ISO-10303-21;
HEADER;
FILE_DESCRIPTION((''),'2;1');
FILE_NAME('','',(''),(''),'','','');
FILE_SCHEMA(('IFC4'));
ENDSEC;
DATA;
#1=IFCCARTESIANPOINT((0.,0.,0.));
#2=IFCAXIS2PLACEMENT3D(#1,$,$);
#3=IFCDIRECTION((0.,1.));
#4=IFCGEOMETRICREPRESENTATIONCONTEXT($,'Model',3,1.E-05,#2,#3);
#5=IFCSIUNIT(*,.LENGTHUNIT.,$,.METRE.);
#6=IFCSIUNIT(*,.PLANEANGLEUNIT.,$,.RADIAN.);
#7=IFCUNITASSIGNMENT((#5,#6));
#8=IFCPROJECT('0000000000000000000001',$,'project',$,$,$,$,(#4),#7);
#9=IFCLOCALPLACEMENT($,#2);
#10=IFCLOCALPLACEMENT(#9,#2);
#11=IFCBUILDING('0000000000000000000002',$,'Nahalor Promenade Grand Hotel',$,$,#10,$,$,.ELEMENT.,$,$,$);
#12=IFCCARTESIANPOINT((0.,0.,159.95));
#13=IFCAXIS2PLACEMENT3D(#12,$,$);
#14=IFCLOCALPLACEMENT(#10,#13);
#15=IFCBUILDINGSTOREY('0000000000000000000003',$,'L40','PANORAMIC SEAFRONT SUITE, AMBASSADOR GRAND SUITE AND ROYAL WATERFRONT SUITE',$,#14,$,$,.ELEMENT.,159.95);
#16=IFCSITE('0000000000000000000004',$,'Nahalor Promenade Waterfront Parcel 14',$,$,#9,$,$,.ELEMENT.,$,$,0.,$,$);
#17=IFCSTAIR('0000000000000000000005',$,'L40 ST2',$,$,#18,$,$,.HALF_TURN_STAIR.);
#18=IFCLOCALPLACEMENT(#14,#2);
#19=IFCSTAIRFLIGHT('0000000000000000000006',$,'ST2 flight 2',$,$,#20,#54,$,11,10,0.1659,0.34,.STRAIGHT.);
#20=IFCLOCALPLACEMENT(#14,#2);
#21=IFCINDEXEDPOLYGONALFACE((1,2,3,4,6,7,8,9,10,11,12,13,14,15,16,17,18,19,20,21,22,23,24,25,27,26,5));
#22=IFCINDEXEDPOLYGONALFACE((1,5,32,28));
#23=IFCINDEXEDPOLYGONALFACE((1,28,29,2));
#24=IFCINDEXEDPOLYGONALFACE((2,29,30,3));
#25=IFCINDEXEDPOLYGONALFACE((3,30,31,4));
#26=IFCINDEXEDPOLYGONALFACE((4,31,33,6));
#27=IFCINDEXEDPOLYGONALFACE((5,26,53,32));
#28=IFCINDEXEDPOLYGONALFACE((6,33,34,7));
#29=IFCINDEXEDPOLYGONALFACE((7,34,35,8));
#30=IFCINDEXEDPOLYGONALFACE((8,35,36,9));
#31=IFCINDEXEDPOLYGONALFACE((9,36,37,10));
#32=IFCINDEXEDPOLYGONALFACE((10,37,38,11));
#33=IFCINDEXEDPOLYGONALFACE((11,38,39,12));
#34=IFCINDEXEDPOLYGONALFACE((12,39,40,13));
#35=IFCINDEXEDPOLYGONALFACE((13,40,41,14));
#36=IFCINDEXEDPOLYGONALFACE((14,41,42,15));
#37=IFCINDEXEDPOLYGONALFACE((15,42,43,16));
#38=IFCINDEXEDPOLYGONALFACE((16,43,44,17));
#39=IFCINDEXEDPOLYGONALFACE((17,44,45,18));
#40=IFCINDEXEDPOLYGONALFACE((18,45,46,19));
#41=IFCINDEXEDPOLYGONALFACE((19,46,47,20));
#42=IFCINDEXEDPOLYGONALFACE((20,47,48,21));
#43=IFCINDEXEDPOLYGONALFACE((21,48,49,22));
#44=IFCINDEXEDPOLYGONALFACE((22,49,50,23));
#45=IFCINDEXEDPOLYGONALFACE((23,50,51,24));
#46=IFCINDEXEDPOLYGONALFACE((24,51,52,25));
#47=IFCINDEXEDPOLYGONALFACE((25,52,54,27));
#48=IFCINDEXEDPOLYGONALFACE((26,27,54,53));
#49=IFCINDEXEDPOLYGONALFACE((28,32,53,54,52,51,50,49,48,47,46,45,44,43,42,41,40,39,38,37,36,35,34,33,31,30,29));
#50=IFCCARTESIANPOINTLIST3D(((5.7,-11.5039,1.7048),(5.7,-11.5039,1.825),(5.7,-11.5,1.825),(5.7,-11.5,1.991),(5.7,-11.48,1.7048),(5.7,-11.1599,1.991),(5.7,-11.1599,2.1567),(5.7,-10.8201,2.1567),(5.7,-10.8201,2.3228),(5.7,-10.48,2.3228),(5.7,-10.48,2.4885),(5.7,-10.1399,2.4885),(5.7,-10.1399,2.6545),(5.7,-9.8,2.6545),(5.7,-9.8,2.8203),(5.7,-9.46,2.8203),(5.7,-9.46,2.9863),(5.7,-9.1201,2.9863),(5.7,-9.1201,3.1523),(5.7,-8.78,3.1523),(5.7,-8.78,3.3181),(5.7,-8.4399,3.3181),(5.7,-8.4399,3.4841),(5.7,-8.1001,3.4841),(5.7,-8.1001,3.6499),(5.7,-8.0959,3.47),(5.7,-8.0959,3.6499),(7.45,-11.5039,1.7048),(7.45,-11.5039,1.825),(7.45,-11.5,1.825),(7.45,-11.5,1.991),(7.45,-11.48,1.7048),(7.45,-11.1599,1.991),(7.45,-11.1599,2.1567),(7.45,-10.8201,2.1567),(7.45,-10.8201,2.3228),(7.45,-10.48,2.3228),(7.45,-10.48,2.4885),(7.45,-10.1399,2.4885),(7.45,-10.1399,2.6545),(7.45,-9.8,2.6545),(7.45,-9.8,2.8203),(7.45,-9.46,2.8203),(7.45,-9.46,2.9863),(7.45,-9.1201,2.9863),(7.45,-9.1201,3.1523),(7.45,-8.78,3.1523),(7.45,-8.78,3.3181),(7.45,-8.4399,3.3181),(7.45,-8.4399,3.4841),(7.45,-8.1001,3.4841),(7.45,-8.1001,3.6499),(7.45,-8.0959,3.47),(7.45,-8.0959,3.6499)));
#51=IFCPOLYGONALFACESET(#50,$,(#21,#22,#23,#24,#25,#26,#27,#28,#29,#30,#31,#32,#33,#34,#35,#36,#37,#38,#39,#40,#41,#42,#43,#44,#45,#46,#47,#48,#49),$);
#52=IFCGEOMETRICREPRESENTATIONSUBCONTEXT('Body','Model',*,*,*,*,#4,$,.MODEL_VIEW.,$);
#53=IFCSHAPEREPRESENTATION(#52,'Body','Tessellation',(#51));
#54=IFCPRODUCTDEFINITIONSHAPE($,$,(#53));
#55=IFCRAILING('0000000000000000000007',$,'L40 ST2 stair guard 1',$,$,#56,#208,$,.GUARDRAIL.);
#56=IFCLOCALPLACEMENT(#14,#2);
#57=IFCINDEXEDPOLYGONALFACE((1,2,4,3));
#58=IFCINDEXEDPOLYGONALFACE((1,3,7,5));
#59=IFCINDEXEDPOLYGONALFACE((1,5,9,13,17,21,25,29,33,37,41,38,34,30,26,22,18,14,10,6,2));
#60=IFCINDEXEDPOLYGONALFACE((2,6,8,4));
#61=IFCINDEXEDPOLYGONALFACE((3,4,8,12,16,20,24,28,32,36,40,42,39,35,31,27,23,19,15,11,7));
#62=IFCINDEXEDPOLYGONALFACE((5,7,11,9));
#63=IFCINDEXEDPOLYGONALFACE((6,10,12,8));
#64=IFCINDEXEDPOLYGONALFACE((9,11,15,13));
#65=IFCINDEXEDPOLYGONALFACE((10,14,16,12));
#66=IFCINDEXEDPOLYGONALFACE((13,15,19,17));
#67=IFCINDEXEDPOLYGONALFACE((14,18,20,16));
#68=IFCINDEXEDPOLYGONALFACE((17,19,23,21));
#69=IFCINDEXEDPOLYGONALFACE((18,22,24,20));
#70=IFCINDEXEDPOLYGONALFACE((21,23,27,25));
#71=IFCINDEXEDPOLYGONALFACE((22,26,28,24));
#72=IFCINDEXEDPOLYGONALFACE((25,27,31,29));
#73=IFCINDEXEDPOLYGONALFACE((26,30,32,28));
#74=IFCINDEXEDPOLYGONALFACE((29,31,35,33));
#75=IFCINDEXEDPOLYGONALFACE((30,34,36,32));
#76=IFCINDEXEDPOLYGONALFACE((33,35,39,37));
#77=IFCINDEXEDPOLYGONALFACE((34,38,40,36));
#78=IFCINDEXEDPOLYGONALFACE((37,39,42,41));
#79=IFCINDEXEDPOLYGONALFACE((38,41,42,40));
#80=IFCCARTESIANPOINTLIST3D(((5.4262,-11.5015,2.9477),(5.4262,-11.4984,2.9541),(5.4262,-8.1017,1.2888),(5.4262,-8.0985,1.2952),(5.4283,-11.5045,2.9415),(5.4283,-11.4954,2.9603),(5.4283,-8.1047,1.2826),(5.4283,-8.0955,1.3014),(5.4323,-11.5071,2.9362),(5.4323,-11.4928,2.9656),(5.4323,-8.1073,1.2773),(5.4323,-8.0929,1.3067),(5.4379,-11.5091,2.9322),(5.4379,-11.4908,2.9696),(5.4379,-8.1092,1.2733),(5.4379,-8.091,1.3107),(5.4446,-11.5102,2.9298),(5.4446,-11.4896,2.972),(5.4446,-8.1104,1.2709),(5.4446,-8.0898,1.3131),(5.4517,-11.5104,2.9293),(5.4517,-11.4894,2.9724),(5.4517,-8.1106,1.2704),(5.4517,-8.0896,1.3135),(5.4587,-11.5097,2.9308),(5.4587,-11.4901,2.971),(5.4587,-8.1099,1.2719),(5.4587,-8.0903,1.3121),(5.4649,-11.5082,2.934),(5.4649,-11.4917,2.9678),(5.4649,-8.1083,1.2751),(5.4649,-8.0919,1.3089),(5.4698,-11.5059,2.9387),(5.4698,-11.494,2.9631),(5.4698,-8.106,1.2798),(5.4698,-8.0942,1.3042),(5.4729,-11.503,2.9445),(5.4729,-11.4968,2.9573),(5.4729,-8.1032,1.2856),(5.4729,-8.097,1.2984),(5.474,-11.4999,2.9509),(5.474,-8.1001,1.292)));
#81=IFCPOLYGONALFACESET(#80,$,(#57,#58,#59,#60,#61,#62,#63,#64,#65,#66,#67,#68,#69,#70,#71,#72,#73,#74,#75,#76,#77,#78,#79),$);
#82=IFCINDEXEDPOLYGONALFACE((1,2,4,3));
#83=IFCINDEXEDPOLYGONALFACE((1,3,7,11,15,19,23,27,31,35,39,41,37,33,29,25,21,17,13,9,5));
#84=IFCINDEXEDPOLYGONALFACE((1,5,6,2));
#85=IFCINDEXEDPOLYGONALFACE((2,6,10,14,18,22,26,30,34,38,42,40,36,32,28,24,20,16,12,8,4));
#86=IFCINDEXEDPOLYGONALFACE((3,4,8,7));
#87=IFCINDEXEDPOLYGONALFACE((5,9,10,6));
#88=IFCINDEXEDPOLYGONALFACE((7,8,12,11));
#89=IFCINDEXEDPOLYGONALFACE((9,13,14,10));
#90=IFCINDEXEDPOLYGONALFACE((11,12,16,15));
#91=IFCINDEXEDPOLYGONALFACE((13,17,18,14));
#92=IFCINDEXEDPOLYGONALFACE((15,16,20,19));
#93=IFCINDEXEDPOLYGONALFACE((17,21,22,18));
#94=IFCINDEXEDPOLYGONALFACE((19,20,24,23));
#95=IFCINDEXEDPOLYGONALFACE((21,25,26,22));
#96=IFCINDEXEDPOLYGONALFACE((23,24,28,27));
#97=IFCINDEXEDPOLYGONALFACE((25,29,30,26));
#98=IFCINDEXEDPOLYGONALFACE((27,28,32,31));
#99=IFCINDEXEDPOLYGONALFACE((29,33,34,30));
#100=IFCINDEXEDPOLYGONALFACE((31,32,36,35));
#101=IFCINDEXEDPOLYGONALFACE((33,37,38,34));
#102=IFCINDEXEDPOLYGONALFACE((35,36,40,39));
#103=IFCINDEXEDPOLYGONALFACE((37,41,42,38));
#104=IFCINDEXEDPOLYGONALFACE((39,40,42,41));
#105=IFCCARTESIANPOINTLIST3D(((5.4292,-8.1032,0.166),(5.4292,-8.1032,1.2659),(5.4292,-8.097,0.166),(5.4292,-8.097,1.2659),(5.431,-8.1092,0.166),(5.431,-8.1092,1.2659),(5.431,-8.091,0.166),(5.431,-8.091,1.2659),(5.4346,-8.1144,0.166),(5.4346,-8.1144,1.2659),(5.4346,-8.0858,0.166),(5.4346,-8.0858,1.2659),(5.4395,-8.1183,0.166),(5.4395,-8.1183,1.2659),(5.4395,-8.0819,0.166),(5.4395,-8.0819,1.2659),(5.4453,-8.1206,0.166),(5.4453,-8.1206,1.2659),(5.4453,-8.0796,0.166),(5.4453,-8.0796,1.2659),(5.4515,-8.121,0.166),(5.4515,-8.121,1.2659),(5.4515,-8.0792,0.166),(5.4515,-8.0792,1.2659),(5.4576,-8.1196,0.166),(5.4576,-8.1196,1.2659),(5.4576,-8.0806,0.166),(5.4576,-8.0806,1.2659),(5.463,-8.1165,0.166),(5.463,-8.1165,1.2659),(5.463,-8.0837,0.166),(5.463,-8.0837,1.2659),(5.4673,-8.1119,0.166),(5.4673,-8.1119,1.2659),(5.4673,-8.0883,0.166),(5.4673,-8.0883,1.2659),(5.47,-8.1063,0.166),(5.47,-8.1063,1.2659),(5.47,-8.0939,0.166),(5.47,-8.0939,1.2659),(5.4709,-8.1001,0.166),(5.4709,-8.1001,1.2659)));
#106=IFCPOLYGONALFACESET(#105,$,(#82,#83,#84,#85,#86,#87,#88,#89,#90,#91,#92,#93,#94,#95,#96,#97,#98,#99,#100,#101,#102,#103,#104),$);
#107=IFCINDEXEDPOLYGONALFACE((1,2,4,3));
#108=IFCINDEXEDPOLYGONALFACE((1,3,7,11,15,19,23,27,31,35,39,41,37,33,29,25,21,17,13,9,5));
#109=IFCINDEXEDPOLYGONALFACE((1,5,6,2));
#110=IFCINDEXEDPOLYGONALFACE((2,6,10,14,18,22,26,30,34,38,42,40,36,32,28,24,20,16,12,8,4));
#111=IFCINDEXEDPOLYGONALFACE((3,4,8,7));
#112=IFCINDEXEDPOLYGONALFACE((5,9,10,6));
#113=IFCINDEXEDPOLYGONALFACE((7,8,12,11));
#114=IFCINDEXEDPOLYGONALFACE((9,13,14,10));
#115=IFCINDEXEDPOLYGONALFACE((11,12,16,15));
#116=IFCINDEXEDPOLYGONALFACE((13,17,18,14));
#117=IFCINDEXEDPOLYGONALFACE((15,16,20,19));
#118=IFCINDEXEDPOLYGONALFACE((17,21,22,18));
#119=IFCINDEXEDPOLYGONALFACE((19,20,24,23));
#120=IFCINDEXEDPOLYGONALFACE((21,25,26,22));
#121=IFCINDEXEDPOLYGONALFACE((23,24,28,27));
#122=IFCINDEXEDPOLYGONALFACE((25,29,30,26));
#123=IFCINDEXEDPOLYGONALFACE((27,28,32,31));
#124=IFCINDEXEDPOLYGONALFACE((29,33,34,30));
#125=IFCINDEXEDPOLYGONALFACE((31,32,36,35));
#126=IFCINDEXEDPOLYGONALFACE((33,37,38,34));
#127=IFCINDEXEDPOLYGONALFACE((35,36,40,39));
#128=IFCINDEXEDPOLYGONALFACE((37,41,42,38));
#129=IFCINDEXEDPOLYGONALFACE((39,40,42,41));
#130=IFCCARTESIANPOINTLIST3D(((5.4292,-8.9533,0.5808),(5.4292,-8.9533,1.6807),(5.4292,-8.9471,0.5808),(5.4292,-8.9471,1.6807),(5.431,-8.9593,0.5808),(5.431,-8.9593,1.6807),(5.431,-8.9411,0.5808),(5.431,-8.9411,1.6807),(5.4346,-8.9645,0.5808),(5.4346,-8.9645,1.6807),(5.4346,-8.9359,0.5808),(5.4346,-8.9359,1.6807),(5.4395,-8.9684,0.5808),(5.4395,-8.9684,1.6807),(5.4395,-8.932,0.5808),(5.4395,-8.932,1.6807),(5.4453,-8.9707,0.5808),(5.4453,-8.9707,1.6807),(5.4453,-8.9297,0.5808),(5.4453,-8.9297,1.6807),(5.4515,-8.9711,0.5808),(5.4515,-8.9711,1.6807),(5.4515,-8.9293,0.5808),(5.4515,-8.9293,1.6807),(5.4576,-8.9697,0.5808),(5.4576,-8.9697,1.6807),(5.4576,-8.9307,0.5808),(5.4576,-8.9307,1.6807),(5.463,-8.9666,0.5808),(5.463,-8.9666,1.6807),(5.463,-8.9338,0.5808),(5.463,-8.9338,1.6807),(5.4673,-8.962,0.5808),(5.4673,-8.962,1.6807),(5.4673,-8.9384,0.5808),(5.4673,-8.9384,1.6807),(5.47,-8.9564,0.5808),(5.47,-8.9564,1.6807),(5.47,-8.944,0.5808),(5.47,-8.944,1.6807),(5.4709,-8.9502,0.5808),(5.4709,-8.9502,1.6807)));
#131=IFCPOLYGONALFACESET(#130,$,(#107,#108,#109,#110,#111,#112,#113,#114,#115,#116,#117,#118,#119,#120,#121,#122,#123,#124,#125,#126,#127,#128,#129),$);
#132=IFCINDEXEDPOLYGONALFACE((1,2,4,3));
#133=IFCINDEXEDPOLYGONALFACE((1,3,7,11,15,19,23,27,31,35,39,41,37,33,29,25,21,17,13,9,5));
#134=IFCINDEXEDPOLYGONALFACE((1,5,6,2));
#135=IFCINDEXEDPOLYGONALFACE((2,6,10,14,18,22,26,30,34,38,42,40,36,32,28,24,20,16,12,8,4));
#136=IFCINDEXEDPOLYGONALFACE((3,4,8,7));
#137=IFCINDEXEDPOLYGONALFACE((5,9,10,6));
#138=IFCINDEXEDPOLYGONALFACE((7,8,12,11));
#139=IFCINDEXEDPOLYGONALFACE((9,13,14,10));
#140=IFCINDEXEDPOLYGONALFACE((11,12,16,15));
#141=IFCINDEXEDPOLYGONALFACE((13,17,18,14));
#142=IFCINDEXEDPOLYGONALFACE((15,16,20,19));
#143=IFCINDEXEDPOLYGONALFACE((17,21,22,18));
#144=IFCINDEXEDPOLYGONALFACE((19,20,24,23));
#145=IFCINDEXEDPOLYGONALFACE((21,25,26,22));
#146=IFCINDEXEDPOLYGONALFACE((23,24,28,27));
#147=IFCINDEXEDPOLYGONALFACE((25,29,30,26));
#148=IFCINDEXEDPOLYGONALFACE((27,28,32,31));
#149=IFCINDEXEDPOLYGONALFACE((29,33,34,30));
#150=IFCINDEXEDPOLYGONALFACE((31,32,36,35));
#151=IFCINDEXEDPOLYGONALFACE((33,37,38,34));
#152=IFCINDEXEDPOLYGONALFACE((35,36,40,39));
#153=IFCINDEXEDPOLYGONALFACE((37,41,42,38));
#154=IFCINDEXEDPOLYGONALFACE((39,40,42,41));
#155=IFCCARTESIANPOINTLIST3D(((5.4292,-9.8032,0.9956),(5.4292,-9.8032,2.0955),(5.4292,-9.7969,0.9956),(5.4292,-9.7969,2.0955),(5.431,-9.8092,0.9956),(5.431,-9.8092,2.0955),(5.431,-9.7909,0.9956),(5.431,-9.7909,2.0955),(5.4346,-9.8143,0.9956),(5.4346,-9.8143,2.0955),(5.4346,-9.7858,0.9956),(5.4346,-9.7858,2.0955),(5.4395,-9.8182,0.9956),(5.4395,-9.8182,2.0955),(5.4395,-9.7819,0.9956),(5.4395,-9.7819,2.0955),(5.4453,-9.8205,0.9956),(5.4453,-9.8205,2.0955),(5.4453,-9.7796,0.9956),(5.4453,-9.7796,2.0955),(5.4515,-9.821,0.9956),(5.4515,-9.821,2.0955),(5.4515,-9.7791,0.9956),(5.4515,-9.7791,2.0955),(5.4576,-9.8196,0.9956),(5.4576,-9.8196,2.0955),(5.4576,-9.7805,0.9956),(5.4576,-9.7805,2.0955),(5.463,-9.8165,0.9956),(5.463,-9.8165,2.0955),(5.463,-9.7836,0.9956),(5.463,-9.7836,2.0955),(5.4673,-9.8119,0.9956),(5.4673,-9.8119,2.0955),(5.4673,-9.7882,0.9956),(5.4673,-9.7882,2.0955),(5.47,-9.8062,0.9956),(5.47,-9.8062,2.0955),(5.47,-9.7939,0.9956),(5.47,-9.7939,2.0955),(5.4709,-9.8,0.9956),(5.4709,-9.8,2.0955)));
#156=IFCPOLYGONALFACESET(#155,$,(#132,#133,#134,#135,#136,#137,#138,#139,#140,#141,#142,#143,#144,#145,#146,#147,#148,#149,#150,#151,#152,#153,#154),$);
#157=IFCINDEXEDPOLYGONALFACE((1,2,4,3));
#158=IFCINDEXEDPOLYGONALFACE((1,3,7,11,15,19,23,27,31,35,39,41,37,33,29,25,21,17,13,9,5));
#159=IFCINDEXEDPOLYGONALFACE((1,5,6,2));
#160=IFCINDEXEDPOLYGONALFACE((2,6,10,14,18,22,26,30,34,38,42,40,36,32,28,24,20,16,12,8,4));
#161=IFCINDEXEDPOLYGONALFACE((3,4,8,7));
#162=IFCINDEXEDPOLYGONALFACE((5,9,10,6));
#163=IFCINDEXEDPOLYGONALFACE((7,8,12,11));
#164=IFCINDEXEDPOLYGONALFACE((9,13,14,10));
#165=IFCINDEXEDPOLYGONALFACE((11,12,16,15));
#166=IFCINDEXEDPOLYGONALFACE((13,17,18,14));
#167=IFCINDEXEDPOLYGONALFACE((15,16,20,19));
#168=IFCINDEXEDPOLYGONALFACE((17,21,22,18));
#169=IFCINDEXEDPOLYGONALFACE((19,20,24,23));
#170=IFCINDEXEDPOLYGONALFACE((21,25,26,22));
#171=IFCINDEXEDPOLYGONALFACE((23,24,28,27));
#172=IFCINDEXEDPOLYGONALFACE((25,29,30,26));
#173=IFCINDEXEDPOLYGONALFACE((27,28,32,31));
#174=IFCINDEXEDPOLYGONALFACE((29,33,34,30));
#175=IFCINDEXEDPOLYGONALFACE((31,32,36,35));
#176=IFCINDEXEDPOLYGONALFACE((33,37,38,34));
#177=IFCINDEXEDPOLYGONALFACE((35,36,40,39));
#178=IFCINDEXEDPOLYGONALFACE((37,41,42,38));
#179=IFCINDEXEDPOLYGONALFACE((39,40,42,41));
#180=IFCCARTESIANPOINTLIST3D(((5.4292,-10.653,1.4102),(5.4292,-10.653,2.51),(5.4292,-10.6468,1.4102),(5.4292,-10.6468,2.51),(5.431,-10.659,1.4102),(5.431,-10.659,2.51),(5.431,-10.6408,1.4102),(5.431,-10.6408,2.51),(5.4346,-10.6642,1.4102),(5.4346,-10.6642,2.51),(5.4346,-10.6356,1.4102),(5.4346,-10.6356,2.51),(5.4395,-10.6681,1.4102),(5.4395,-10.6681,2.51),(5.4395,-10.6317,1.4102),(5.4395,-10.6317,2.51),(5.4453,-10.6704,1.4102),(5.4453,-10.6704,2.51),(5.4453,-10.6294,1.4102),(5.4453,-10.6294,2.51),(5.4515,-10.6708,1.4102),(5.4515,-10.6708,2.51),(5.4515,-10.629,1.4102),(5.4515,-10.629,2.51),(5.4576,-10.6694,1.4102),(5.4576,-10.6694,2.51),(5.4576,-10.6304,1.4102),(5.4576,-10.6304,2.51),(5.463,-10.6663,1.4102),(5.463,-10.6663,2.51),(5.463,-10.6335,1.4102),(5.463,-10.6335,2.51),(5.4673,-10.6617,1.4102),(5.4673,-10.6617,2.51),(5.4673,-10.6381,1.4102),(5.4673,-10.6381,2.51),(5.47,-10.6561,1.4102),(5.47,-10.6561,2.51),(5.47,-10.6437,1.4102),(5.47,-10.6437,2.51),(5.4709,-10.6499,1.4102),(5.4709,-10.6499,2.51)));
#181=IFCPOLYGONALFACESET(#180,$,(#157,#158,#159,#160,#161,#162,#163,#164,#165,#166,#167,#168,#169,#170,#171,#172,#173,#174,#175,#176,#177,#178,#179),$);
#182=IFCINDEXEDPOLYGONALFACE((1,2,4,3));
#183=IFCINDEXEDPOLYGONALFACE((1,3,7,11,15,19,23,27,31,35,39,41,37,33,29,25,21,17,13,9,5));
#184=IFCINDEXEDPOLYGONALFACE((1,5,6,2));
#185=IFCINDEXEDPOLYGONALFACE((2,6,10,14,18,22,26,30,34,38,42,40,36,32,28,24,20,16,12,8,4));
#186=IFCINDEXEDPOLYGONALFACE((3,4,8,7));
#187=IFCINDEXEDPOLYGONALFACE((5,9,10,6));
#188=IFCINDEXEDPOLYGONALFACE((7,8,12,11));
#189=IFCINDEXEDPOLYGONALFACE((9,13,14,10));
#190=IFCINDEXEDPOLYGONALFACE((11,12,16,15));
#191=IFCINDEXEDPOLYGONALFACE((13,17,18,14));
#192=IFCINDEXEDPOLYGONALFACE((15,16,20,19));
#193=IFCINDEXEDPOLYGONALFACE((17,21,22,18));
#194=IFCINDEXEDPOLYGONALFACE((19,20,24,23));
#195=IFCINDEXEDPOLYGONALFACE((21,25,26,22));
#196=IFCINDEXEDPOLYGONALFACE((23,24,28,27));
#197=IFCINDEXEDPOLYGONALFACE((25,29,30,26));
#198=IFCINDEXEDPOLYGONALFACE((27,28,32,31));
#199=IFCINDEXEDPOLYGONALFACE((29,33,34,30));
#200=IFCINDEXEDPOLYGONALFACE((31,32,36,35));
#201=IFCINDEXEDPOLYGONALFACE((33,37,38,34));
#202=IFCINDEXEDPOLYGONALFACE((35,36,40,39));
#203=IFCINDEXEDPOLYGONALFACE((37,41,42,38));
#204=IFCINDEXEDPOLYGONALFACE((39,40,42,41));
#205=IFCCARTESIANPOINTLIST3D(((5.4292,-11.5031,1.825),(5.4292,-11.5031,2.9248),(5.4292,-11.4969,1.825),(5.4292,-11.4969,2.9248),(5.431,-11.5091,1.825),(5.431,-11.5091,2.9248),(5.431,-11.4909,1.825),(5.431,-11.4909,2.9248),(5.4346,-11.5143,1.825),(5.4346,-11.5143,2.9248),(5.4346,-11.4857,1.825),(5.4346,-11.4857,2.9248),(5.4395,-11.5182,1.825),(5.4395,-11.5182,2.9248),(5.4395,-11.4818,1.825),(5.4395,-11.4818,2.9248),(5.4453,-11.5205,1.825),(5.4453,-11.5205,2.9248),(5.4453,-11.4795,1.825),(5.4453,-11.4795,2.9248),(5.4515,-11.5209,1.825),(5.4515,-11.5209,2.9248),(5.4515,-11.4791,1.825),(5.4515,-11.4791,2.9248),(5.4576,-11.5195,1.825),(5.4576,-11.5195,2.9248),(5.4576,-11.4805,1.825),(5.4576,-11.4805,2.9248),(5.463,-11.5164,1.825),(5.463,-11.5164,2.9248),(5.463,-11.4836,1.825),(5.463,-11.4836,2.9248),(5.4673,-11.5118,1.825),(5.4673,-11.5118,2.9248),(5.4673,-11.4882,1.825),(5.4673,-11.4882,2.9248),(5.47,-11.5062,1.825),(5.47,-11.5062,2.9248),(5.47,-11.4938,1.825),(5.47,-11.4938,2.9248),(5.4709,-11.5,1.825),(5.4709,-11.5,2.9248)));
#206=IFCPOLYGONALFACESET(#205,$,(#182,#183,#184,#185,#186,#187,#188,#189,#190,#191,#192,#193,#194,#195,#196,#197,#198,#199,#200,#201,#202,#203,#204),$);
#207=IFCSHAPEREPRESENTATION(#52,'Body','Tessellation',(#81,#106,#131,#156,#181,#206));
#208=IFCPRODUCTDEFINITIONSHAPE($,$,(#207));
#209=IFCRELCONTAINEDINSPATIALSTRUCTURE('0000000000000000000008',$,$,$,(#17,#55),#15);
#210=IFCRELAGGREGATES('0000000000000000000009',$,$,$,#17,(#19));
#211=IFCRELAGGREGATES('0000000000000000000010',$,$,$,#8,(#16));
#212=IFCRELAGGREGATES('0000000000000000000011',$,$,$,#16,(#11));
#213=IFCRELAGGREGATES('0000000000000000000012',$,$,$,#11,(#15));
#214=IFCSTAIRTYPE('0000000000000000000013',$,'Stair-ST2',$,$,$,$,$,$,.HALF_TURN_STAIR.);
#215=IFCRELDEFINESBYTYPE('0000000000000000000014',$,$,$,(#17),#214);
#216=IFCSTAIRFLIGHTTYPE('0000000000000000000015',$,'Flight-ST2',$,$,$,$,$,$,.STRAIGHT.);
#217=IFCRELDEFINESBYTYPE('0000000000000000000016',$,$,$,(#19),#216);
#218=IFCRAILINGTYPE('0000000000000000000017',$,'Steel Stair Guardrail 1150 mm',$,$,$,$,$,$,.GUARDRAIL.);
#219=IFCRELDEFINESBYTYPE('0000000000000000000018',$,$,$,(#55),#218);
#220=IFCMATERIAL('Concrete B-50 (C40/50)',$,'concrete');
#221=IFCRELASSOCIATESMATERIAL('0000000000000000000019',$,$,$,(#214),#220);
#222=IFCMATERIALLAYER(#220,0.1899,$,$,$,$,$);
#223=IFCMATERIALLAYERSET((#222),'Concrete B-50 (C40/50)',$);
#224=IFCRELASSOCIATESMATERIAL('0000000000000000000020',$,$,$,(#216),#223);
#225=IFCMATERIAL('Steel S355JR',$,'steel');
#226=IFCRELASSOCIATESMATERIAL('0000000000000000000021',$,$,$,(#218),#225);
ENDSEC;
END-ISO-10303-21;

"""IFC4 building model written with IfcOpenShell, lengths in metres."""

from ifc_helpers import new_model, si_unit, direction, frame, origin, origin_2d, place, context, subcontext, project, spatial, polyline, circle, outline, extrude, source, transform, mapped, material, layer, layer_set, type_object, element, aggregate, save


model = new_model("IFC4")

# Units and contexts
model_context = context("Model", 3, precision=1e-05, world=origin(), true_north=direction((0.0, 1.0)))
body_context = subcontext(model_context, "Body", "Model", "MODEL_VIEW")
ifc_project = project(units=[si_unit("LENGTHUNIT", "METRE"), si_unit("PLANEANGLEUNIT", "RADIAN")], contexts=[model_context])

# Site, building, storey
site_placement = place(None, origin())
site = spatial("IfcSite", under=ifc_project, at=site_placement, Name="Nahalor Promenade Waterfront Parcel 14", CompositionType="ELEMENT", RefElevation=0.0)
building_placement = place(site_placement, origin())
building = spatial("IfcBuilding", under=site, at=building_placement, Name="Nahalor Promenade Grand Hotel", CompositionType="ELEMENT")
storey_placement = place(building_placement, frame((0.0, 0.0, 159.95)))
storey = spatial("IfcBuildingStorey", under=building, at=storey_placement, Name="L40", Description="PANORAMIC SEAFRONT SUITE, AMBASSADOR GRAND SUITE AND ROYAL WATERFRONT SUITE", CompositionType="ELEMENT", Elevation=159.95)

# Shared definitions
ifc_material_1 = material(Name="Steel S355JR", Category="steel")

# Shared definitions
ifc_material_2 = material(Name="Concrete B-50 (C40/50)", Category="concrete")

# Stair, stair flight
stair_type = type_object("IfcStairType", Name="Stair-ST2", PredefinedType="HALF_TURN_STAIR", material=ifc_material_2)
stair_placement = place(storey_placement, origin())
stair = element("IfcStair", 1, at=stair_placement, inside=storey, type_object=stair_type, Name="L40 ST2", PredefinedType="HALF_TURN_STAIR")
ifc_layer_1 = layer(ifc_material_2, 0.1899)
ifc_layer_set_1 = layer_set([ifc_layer_1], Name="Concrete B-50 (C40/50)")
stair_flight_type = type_object("IfcStairFlightType", Name="Flight-ST2", PredefinedType="STRAIGHT", material=ifc_layer_set_1)
shared_shape_1 = source(origin(), body_context, "Body", "SweptSolid", [
    extrude(outline(polyline([(-0.0039, -0.1201), (-0.0039, 0.0), (0.0, 0.0), (0.0, 0.166), (0.3401, 0.166), (0.3401, 0.3318), (0.6799, 0.3318), (0.6799, 0.4978), (1.02, 0.4978), (1.02, 0.6636), (1.3601, 0.6636), (1.3601, 0.8296), (1.7, 0.8296), (1.7, 0.9954), (2.04, 0.9954), (2.04, 1.1614), (2.3799, 1.1614), (2.3799, 1.3274), (2.72, 1.3274), (2.72, 1.4932), (3.0601, 1.4932), (3.0601, 1.6592), (3.3999, 1.6592), (3.3999, 1.825), (3.4041, 1.825), (3.4041, 1.645), (0.02, -0.1201), (-0.0039, -0.1201)])), frame((0.0, 0.875, 0.0), z_axis=(0.0, -1.0, 0.0), x_axis=(1.0, 0.0, 0.0)), (0.0, 0.0, 1.0), 1.75),
])
stair_flight_1_placement = place(storey_placement, frame((6.575, -11.5, 1.825), z_axis=(0.0, 0.0, 1.0), x_axis=(0.0, 1.0, 0.0)))
stair_flight_1 = element("IfcStairFlight", 2, at=stair_flight_1_placement, type_object=stair_flight_type, Name="ST2 flight 2", NumberOfRisers=11, NumberOfTreads=10, PredefinedType="STRAIGHT", RiserHeight=0.1659, TreadLength=0.34, context=body_context, shape_type="MappedRepresentation", body=[
    mapped(shared_shape_1, transform((0.0, 0.0, 0.0), scale=1.0)),
])
aggregate(stair, [stair_flight_1])

# Railing
railing_type_1 = type_object("IfcRailingType", Name="Steel Stair Guardrail 1150 mm", PredefinedType="GUARDRAIL", material=ifc_material_1)
railing_1_placement = place(storey_placement, frame((5.45, -8.1001, 0.166)))
element("IfcRailing", 3, at=railing_1_placement, inside=storey, type_object=railing_type_1, Name="L40 ST2 stair guard 1", PredefinedType="GUARDRAIL", context=body_context, shape_type="SweptSolid", body=[
    extrude(circle(Radius=0.024, at=origin_2d()), frame((0.0, 0.0, 1.126), z_axis=(0.0, -0.898722, 0.438519), x_axis=(1.0, 0.0, 0.0)), (0.0, 0.0, 1.0), 3.783),
    extrude(circle(Radius=0.021, at=origin_2d()), origin(), (0.0, 0.0, 1.0), 1.0999),
    extrude(circle(Radius=0.021, at=origin_2d()), frame((0.0, -0.8501, 0.4148)), (0.0, 0.0, 1.0), 1.0999),
    extrude(circle(Radius=0.021, at=origin_2d()), frame((0.0, -1.7, 0.8296)), (0.0, 0.0, 1.0), 1.0999),
    extrude(circle(Radius=0.021, at=origin_2d()), frame((0.0, -2.5498, 1.2441)), (0.0, 0.0, 1.0), 1.0999),
    extrude(circle(Radius=0.021, at=origin_2d()), frame((0.0, -3.3999, 1.6589)), (0.0, 0.0, 1.0), 1.0999),
])

save(model, "model.ifc")
